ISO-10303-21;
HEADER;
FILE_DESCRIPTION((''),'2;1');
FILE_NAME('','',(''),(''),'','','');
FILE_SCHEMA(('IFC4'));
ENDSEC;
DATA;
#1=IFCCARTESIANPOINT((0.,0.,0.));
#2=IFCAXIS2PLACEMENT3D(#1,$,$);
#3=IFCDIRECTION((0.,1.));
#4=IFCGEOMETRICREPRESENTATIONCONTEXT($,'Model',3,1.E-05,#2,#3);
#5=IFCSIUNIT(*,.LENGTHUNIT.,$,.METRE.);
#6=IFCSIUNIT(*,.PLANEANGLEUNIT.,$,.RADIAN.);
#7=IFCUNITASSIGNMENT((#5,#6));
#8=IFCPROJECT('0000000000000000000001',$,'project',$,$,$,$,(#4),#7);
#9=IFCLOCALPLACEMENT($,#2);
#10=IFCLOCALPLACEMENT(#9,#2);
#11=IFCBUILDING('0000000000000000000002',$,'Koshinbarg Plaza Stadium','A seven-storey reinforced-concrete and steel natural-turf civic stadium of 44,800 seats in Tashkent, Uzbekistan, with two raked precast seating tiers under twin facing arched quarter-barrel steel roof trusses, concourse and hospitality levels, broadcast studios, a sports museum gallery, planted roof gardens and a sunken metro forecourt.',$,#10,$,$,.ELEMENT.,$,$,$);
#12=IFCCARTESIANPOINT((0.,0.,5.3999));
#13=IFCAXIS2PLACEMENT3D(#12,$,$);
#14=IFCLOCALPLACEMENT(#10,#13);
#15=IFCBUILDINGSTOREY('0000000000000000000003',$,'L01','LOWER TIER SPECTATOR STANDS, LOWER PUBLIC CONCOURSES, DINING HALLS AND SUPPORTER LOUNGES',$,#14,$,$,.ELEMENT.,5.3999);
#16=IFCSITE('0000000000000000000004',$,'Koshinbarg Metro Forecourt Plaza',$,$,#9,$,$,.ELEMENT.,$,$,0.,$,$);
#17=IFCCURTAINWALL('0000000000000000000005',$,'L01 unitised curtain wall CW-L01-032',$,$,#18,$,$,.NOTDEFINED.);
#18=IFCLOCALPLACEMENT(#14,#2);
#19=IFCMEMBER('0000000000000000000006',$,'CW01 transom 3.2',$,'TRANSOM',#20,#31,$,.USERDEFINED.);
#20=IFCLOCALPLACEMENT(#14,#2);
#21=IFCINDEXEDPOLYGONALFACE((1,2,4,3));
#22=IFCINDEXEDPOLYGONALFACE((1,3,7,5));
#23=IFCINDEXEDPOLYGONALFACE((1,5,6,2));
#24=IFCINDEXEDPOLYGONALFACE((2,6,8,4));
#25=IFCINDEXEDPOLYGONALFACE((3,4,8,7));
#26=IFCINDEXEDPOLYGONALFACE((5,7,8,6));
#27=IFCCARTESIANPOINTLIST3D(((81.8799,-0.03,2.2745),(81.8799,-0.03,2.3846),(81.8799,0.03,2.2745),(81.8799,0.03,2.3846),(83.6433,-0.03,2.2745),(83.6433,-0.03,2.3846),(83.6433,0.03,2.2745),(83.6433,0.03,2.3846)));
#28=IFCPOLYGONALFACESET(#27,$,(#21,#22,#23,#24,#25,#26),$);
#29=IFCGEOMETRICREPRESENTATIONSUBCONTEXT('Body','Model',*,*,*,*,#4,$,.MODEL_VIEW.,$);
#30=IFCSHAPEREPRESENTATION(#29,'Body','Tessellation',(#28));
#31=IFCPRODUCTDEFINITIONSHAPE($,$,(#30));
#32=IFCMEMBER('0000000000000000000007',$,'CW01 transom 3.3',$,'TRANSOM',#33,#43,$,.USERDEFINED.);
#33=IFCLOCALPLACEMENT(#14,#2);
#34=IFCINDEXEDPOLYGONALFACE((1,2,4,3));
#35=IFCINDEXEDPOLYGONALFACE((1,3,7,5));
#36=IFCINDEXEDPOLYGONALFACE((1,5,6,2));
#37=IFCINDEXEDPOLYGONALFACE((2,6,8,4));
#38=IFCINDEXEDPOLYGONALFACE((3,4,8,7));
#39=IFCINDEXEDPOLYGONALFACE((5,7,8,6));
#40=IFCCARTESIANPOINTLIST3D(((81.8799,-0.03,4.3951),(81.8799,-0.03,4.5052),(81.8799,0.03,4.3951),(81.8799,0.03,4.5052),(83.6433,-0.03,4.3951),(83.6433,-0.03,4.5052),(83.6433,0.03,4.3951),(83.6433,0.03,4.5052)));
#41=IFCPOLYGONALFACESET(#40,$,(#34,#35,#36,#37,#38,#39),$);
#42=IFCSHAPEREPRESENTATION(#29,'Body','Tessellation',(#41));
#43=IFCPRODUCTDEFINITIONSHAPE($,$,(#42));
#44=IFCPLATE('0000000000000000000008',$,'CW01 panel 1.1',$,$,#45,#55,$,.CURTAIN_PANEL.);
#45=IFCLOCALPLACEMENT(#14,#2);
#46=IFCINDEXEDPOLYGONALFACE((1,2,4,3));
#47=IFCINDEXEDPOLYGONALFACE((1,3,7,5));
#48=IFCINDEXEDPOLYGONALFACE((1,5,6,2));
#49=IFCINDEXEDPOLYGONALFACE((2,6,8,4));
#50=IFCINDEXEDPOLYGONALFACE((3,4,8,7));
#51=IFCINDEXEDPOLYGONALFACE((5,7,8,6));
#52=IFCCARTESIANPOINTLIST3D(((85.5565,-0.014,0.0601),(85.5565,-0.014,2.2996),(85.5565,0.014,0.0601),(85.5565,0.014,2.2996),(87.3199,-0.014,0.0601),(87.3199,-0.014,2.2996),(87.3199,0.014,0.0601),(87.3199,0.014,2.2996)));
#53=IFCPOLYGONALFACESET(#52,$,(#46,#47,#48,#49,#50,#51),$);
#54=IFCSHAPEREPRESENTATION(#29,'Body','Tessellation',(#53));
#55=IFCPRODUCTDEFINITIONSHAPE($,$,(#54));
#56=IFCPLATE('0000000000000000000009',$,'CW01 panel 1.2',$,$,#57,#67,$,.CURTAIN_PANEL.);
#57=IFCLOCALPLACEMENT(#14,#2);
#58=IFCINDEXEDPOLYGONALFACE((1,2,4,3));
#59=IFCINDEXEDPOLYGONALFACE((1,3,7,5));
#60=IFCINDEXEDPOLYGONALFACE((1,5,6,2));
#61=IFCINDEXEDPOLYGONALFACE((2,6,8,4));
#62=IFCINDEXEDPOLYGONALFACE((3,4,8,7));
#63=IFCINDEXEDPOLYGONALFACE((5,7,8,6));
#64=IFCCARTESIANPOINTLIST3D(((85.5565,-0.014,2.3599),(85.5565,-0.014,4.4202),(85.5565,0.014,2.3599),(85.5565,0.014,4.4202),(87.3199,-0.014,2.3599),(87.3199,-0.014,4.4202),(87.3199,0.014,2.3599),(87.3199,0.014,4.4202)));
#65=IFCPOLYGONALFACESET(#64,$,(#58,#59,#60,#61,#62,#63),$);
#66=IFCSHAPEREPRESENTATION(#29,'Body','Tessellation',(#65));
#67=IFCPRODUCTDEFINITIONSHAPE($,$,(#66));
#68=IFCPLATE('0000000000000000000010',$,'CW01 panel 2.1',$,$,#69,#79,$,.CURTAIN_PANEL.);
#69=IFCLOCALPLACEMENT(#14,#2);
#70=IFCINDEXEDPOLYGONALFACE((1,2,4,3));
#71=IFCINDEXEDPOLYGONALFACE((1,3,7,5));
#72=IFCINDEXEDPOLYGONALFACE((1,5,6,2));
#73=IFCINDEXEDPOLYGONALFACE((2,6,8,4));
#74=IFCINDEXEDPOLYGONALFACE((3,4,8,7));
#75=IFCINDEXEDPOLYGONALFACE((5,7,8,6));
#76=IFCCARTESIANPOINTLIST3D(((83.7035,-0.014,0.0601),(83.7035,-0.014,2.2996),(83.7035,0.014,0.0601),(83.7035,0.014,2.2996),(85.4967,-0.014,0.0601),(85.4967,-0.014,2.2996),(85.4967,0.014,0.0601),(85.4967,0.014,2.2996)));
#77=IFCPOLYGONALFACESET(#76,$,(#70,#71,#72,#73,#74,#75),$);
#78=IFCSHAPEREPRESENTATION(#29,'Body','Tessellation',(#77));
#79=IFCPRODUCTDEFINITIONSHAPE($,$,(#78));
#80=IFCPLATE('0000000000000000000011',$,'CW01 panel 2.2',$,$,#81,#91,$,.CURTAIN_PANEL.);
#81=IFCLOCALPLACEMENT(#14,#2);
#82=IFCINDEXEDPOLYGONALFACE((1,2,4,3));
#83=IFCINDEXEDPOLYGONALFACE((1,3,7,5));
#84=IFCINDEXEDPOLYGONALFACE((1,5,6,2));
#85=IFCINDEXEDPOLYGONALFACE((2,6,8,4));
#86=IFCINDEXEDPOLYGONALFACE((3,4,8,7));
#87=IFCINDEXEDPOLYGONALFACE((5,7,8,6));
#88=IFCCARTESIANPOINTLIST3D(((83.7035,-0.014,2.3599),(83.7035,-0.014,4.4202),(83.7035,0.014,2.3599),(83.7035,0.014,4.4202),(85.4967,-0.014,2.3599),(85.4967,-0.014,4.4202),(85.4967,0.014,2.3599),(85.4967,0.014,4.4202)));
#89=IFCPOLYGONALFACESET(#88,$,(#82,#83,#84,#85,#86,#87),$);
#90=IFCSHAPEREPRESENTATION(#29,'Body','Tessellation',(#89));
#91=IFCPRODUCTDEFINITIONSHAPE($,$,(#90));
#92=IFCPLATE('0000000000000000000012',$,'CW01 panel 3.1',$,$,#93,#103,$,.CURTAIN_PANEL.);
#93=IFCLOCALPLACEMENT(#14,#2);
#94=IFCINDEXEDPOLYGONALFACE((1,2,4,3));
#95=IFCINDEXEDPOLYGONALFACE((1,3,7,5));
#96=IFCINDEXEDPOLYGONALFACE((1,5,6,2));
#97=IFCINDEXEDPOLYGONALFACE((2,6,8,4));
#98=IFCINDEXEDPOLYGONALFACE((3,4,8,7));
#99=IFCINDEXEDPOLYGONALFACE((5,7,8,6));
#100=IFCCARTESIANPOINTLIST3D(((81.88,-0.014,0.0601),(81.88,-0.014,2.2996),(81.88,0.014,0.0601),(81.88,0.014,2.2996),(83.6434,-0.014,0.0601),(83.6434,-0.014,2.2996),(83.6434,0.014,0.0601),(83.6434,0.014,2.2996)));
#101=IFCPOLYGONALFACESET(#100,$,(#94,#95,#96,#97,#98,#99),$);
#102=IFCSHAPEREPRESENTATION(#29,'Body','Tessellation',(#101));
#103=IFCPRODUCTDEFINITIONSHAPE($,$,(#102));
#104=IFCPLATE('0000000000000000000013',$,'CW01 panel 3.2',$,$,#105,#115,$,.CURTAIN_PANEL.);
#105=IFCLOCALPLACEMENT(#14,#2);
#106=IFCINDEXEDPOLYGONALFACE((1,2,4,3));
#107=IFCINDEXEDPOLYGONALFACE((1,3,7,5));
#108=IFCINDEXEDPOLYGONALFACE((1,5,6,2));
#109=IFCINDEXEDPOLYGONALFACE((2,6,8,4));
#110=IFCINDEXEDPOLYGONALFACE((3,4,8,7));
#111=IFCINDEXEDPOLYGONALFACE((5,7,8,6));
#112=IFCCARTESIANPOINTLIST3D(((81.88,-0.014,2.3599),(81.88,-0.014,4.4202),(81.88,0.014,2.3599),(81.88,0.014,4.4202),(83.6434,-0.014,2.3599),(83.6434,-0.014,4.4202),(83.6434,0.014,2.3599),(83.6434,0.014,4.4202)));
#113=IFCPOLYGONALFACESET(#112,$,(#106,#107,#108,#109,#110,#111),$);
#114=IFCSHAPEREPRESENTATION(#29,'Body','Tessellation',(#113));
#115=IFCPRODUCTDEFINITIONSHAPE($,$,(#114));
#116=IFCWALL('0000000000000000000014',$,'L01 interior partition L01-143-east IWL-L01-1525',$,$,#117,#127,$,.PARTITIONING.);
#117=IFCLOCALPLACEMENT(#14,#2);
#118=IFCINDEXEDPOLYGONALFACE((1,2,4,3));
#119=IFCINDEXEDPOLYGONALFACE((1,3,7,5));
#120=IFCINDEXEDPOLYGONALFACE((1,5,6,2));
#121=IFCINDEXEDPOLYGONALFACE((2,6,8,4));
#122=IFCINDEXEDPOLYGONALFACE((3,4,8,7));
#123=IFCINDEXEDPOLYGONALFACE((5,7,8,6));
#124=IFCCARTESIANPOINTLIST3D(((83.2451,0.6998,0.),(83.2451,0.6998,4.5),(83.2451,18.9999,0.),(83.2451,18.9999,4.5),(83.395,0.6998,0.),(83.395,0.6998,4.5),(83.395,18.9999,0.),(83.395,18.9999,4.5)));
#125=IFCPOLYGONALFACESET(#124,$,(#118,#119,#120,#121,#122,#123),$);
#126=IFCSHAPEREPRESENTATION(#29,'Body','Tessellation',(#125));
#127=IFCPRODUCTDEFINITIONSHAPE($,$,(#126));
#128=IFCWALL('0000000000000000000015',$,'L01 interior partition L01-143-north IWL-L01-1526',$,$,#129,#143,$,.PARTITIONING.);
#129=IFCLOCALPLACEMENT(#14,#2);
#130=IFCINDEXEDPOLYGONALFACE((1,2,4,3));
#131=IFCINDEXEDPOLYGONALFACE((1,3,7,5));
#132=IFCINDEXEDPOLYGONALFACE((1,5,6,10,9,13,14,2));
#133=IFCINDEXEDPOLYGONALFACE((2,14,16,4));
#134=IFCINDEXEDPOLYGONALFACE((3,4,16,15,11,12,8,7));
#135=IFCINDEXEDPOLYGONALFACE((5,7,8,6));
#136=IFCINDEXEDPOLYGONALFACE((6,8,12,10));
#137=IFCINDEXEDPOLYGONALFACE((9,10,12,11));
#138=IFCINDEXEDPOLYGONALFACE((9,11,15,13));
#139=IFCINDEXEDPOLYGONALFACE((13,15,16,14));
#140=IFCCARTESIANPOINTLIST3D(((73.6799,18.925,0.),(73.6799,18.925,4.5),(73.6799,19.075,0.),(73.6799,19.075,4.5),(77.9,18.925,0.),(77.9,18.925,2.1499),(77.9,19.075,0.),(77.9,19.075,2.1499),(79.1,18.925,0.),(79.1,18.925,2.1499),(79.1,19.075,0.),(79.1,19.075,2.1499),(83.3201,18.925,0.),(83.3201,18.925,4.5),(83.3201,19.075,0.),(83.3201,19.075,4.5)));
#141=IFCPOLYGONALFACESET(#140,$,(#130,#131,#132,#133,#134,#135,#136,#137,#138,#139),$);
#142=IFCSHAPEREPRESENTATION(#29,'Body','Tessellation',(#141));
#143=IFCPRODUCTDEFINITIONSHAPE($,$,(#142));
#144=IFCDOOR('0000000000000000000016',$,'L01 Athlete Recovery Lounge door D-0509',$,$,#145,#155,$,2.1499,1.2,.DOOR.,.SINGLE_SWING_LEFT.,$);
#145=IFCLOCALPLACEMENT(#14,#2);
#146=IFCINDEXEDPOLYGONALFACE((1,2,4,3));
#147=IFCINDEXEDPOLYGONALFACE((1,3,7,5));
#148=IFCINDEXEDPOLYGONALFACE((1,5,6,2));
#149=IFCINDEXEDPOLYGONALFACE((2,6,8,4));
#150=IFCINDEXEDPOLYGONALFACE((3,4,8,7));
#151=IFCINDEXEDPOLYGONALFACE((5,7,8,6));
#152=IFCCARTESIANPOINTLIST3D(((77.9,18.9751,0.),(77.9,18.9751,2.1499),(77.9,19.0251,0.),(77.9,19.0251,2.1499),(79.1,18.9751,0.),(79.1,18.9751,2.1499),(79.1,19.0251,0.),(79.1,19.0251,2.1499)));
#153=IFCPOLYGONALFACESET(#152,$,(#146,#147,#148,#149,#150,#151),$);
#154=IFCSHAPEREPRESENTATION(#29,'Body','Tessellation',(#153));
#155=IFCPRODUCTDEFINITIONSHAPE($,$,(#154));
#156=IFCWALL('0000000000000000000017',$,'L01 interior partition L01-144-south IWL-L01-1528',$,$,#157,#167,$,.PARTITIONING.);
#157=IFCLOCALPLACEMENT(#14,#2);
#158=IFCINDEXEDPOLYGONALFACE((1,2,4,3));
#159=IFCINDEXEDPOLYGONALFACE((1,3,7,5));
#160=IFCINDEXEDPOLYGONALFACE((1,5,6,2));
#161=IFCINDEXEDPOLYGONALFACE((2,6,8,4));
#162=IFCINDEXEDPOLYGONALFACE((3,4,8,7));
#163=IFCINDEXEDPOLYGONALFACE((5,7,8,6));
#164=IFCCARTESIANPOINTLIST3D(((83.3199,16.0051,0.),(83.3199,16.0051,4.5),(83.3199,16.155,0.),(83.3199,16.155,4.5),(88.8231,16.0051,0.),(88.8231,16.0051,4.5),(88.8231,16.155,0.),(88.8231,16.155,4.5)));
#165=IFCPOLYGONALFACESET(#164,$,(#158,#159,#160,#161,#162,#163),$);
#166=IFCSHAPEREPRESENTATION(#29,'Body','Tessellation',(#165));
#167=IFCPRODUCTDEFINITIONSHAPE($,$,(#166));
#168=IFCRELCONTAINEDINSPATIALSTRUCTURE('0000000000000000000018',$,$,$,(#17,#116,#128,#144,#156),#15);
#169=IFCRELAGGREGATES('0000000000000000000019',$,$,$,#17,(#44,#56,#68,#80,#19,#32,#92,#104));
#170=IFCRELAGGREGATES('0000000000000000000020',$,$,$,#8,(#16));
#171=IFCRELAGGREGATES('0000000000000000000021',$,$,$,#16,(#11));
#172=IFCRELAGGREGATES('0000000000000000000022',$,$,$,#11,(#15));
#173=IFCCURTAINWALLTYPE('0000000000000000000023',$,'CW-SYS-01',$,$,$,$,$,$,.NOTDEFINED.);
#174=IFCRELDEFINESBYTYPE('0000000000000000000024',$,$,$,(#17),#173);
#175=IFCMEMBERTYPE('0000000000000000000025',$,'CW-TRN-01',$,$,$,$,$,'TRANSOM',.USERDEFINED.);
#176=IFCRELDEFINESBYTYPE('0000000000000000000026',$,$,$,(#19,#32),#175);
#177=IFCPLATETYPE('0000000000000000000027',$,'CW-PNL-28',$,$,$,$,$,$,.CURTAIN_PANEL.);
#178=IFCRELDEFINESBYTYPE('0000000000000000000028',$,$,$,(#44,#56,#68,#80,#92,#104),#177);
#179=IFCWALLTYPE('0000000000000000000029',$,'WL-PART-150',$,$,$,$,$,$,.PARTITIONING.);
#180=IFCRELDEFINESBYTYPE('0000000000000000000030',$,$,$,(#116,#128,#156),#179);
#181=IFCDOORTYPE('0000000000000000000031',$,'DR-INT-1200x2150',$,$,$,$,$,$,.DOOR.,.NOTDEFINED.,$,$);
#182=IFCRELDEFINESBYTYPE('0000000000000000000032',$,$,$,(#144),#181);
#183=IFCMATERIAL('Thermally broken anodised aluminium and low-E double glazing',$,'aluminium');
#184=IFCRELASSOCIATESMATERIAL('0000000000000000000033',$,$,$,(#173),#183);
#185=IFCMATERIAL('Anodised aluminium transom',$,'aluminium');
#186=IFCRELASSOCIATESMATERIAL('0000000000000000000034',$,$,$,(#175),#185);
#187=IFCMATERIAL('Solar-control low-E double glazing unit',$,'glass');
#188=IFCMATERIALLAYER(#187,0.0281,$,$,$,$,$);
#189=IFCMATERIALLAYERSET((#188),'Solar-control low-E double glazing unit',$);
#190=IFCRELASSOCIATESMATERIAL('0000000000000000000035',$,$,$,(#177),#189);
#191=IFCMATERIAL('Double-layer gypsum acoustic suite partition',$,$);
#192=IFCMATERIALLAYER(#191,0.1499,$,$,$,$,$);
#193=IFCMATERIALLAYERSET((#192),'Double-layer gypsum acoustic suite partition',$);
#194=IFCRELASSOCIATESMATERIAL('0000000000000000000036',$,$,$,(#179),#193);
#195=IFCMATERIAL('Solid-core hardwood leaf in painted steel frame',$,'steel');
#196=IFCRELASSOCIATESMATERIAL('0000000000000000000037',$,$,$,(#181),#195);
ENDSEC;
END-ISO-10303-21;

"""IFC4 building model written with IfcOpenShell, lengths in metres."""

from ifc_helpers import new_model, si_unit, direction, frame, frame_2d, origin, origin_2d, place, context, subcontext, project, spatial, rectangle, extrude, material, layer, layer_set, material_profile, profile_set, type_object, element, fill, aggregate, save


model = new_model("IFC4")

# Units and contexts
model_context = context("Model", 3, precision=1e-05, world=origin(), true_north=direction((0.0, 1.0)))
body_context = subcontext(model_context, "Body", "Model", "MODEL_VIEW")
ifc_project = project(units=[si_unit("LENGTHUNIT", "METRE"), si_unit("PLANEANGLEUNIT", "RADIAN")], contexts=[model_context])

# Site, building, storey
site_placement = place(None, origin())
site = spatial("IfcSite", under=ifc_project, at=site_placement, Name="Koshinbarg Metro Forecourt Plaza", CompositionType="ELEMENT", RefElevation=0.0)
building_placement = place(site_placement, origin())
building = spatial("IfcBuilding", under=site, at=building_placement, Name="Koshinbarg Plaza Stadium", Description="A seven-storey reinforced-concrete and steel natural-turf civic stadium of 44,800 seats in Tashkent, Uzbekistan, with two raked precast seating tiers under twin facing arched quarter-barrel steel roof trusses, concourse and hospitality levels, broadcast studios, a sports museum gallery, planted roof gardens and a sunken metro forecourt.", CompositionType="ELEMENT")
storey_placement = place(building_placement, frame((0.0, 0.0, 5.3999)))
storey = spatial("IfcBuildingStorey", under=building, at=storey_placement, Name="L01", Description="LOWER TIER SPECTATOR STANDS, LOWER PUBLIC CONCOURSES, DINING HALLS AND SUPPORTER LOUNGES", CompositionType="ELEMENT", Elevation=5.3999)

# Curtain wall, members, plates
ifc_material_1 = material(Name="Thermally broken anodised aluminium and low-E double glazing", Category="aluminium")
curtain_wall_type = type_object("IfcCurtainWallType", Name="CW-SYS-01", PredefinedType="NOTDEFINED", material=ifc_material_1)
curtain_wall_placement = place(storey_placement, origin())
curtain_wall = element("IfcCurtainWall", 1, at=curtain_wall_placement, inside=storey, type_object=curtain_wall_type, Name="L01 unitised curtain wall CW-L01-032", PredefinedType="NOTDEFINED")
ifc_material_2 = material(Name="Anodised aluminium transom", Category="aluminium")
ifc_material_profile_1 = material_profile(ifc_material_2, rectangle(XDim=0.0601, YDim=0.1101, at=origin_2d()), Name="ALU 60x110")
ifc_profile_set_1 = profile_set([ifc_material_profile_1], Name="Anodised aluminium transom")
member_type_1 = type_object("IfcMemberType", Name="CW-TRN-01", ElementType="TRANSOM", PredefinedType="USERDEFINED", material=ifc_profile_set_1)
member_1_placement = place(storey_placement, frame((83.6433, 0.0, 2.3296), z_axis=(-1.0, 0.0, 0.0), x_axis=(0.0, -1.0, 0.0)))
member_1 = element("IfcMember", 2, at=member_1_placement, type_object=member_type_1, Name="CW01 transom 3.2", ObjectType="TRANSOM", PredefinedType="USERDEFINED", context=body_context, shape_type="SweptSolid", body=[
    extrude(rectangle(XDim=0.0601, YDim=0.1101, at=origin_2d()), origin(), (0.0, 0.0, 1.0), 1.7634),
])
member_2_placement = place(storey_placement, frame((83.6433, 0.0, 4.4502), z_axis=(-1.0, 0.0, 0.0), x_axis=(0.0, -1.0, 0.0)))
member_2 = element("IfcMember", 3, at=member_2_placement, type_object=member_type_1, Name="CW01 transom 3.3", ObjectType="TRANSOM", PredefinedType="USERDEFINED", context=body_context, shape_type="SweptSolid", body=[
    extrude(rectangle(XDim=0.0601, YDim=0.1101, at=origin_2d()), origin(), (0.0, 0.0, 1.0), 1.7634),
])
ifc_material_3 = material(Name="Solar-control low-E double glazing unit", Category="glass")
ifc_layer_1 = layer(ifc_material_3, 0.0281)
ifc_layer_set_1 = layer_set([ifc_layer_1], Name="Solar-control low-E double glazing unit")
plate_type = type_object("IfcPlateType", Name="CW-PNL-28", PredefinedType="CURTAIN_PANEL", material=ifc_layer_set_1)
plate_1_placement = place(storey_placement, frame((86.4382, 0.0, 0.0601), z_axis=(0.0, 0.0, 1.0), x_axis=(-1.0, 0.0, 0.0)))
plate_1 = element("IfcPlate", 4, at=plate_1_placement, type_object=plate_type, Name="CW01 panel 1.1", PredefinedType="CURTAIN_PANEL", context=body_context, shape_type="SweptSolid", body=[
    extrude(rectangle(XDim=1.7634, YDim=0.0281, at=origin_2d()), origin(), (0.0, 0.0, 1.0), 2.2395),
])
plate_2_placement = place(storey_placement, frame((86.4382, 0.0, 2.3599), z_axis=(0.0, 0.0, 1.0), x_axis=(-1.0, 0.0, 0.0)))
plate_2 = element("IfcPlate", 5, at=plate_2_placement, type_object=plate_type, Name="CW01 panel 1.2", PredefinedType="CURTAIN_PANEL", context=body_context, shape_type="SweptSolid", body=[
    extrude(rectangle(XDim=1.7634, YDim=0.0281, at=origin_2d()), origin(), (0.0, 0.0, 1.0), 2.0603),
])
plate_3_placement = place(storey_placement, frame((84.6001, 0.0, 0.0601), z_axis=(0.0, 0.0, 1.0), x_axis=(-1.0, 0.0, 0.0)))
plate_3 = element("IfcPlate", 6, at=plate_3_placement, type_object=plate_type, Name="CW01 panel 2.1", PredefinedType="CURTAIN_PANEL", context=body_context, shape_type="SweptSolid", body=[
    extrude(rectangle(XDim=1.7932, YDim=0.0281, at=origin_2d()), origin(), (0.0, 0.0, 1.0), 2.2395),
])
plate_4_placement = place(storey_placement, frame((84.6001, 0.0, 2.3599), z_axis=(0.0, 0.0, 1.0), x_axis=(-1.0, 0.0, 0.0)))
plate_4 = element("IfcPlate", 7, at=plate_4_placement, type_object=plate_type, Name="CW01 panel 2.2", PredefinedType="CURTAIN_PANEL", context=body_context, shape_type="SweptSolid", body=[
    extrude(rectangle(XDim=1.7932, YDim=0.0281, at=origin_2d()), origin(), (0.0, 0.0, 1.0), 2.0603),
])
plate_5_placement = place(storey_placement, frame((82.7617, 0.0, 0.0601), z_axis=(0.0, 0.0, 1.0), x_axis=(-1.0, 0.0, 0.0)))
plate_5 = element("IfcPlate", 8, at=plate_5_placement, type_object=plate_type, Name="CW01 panel 3.1", PredefinedType="CURTAIN_PANEL", context=body_context, shape_type="SweptSolid", body=[
    extrude(rectangle(XDim=1.7634, YDim=0.0281, at=origin_2d()), origin(), (0.0, 0.0, 1.0), 2.2395),
])
plate_6_placement = place(storey_placement, frame((82.7617, 0.0, 2.3599), z_axis=(0.0, 0.0, 1.0), x_axis=(-1.0, 0.0, 0.0)))
plate_6 = element("IfcPlate", 9, at=plate_6_placement, type_object=plate_type, Name="CW01 panel 3.2", PredefinedType="CURTAIN_PANEL", context=body_context, shape_type="SweptSolid", body=[
    extrude(rectangle(XDim=1.7634, YDim=0.0281, at=origin_2d()), origin(), (0.0, 0.0, 1.0), 2.0603),
])
aggregate(curtain_wall, [plate_1, plate_2, plate_3, plate_4, member_1, member_2, plate_5, plate_6])

# Wall
ifc_material_4 = material(Name="Double-layer gypsum acoustic suite partition")
ifc_layer_2 = layer(ifc_material_4, 0.1499)
ifc_layer_set_2 = layer_set([ifc_layer_2], Name="Double-layer gypsum acoustic suite partition")
wall_type = type_object("IfcWallType", Name="WL-PART-150", PredefinedType="PARTITIONING", material=ifc_layer_set_2)
wall_1_placement = place(storey_placement, frame((83.3201, 0.7, 0.0), z_axis=(0.0, 0.0, 1.0), x_axis=(0.0, 1.0, 0.0)))
element("IfcWall", 10, at=wall_1_placement, inside=storey, type_object=wall_type, Name="L01 interior partition L01-143-east IWL-L01-1525", PredefinedType="PARTITIONING", context=body_context, shape_type="SweptSolid", body=[
    extrude(rectangle(XDim=18.3, YDim=0.1499, at=frame_2d((9.1499, 0.0))), origin(), (0.0, 0.0, 1.0), 4.5),
])

# Wall, opening, door
wall_2_placement = place(storey_placement, frame((83.3201, 19.0, 0.0), z_axis=(0.0, 0.0, 1.0), x_axis=(-1.0, 0.0, 0.0)))
wall_2 = element("IfcWall", 11, at=wall_2_placement, inside=storey, type_object=wall_type, Name="L01 interior partition L01-143-north IWL-L01-1526", PredefinedType="PARTITIONING", context=body_context, shape_type="SweptSolid", body=[
    extrude(rectangle(XDim=9.6401, YDim=0.1499, at=frame_2d((4.8201, 0.0))), origin(), (0.0, 0.0, 1.0), 4.5),
])
opening_placement = place(wall_2_placement, frame((4.22, 0.0, 0.0)))
opening = element("IfcOpeningElement", 12, at=opening_placement, cuts=wall_2, PredefinedType="OPENING", context=body_context, shape_type="SweptSolid", body=[
    extrude(rectangle(XDim=1.2, YDim=2.1499, at=frame_2d((0.6001, 1.075))), frame((0.0, 0.085, 0.0), z_axis=(0.0, -1.0, 0.0), x_axis=(1.0, 0.0, 0.0)), (0.0, 0.0, 1.0), 0.1699),
])
ifc_material_5 = material(Name="Solid-core hardwood leaf in painted steel frame", Category="steel")
door_type = type_object("IfcDoorType", Name="DR-INT-1200x2150", OperationType="NOTDEFINED", PredefinedType="DOOR", material=ifc_material_5)
door_placement = place(opening_placement, origin())
door = element("IfcDoor", 13, at=door_placement, inside=storey, type_object=door_type, Name="L01 Athlete Recovery Lounge door D-0509", OperationType="SINGLE_SWING_LEFT", OverallHeight=2.1499, OverallWidth=1.2, PredefinedType="DOOR", context=body_context, shape_type="SweptSolid", body=[
    extrude(rectangle(XDim=1.2, YDim=2.1499, at=frame_2d((0.6001, 1.075))), frame((0.0, 0.0249, 0.0), z_axis=(0.0, -1.0, 0.0), x_axis=(1.0, 0.0, 0.0)), (0.0, 0.0, 1.0), 0.05),
])
fill(opening, door)

# Wall
wall_3_placement = place(storey_placement, frame((83.3201, 16.0801, 0.0), z_axis=(0.0, 0.0, 1.0), x_axis=(1.0, 0.0, 0.0)))
element("IfcWall", 14, at=wall_3_placement, inside=storey, type_object=wall_type, Name="L01 interior partition L01-144-south IWL-L01-1528", PredefinedType="PARTITIONING", context=body_context, shape_type="SweptSolid", body=[
    extrude(rectangle(XDim=5.5032, YDim=0.1499, at=frame_2d((2.7515, 0.0))), origin(), (0.0, 0.0, 1.0), 4.5),
])

save(model, "model.ifc")
